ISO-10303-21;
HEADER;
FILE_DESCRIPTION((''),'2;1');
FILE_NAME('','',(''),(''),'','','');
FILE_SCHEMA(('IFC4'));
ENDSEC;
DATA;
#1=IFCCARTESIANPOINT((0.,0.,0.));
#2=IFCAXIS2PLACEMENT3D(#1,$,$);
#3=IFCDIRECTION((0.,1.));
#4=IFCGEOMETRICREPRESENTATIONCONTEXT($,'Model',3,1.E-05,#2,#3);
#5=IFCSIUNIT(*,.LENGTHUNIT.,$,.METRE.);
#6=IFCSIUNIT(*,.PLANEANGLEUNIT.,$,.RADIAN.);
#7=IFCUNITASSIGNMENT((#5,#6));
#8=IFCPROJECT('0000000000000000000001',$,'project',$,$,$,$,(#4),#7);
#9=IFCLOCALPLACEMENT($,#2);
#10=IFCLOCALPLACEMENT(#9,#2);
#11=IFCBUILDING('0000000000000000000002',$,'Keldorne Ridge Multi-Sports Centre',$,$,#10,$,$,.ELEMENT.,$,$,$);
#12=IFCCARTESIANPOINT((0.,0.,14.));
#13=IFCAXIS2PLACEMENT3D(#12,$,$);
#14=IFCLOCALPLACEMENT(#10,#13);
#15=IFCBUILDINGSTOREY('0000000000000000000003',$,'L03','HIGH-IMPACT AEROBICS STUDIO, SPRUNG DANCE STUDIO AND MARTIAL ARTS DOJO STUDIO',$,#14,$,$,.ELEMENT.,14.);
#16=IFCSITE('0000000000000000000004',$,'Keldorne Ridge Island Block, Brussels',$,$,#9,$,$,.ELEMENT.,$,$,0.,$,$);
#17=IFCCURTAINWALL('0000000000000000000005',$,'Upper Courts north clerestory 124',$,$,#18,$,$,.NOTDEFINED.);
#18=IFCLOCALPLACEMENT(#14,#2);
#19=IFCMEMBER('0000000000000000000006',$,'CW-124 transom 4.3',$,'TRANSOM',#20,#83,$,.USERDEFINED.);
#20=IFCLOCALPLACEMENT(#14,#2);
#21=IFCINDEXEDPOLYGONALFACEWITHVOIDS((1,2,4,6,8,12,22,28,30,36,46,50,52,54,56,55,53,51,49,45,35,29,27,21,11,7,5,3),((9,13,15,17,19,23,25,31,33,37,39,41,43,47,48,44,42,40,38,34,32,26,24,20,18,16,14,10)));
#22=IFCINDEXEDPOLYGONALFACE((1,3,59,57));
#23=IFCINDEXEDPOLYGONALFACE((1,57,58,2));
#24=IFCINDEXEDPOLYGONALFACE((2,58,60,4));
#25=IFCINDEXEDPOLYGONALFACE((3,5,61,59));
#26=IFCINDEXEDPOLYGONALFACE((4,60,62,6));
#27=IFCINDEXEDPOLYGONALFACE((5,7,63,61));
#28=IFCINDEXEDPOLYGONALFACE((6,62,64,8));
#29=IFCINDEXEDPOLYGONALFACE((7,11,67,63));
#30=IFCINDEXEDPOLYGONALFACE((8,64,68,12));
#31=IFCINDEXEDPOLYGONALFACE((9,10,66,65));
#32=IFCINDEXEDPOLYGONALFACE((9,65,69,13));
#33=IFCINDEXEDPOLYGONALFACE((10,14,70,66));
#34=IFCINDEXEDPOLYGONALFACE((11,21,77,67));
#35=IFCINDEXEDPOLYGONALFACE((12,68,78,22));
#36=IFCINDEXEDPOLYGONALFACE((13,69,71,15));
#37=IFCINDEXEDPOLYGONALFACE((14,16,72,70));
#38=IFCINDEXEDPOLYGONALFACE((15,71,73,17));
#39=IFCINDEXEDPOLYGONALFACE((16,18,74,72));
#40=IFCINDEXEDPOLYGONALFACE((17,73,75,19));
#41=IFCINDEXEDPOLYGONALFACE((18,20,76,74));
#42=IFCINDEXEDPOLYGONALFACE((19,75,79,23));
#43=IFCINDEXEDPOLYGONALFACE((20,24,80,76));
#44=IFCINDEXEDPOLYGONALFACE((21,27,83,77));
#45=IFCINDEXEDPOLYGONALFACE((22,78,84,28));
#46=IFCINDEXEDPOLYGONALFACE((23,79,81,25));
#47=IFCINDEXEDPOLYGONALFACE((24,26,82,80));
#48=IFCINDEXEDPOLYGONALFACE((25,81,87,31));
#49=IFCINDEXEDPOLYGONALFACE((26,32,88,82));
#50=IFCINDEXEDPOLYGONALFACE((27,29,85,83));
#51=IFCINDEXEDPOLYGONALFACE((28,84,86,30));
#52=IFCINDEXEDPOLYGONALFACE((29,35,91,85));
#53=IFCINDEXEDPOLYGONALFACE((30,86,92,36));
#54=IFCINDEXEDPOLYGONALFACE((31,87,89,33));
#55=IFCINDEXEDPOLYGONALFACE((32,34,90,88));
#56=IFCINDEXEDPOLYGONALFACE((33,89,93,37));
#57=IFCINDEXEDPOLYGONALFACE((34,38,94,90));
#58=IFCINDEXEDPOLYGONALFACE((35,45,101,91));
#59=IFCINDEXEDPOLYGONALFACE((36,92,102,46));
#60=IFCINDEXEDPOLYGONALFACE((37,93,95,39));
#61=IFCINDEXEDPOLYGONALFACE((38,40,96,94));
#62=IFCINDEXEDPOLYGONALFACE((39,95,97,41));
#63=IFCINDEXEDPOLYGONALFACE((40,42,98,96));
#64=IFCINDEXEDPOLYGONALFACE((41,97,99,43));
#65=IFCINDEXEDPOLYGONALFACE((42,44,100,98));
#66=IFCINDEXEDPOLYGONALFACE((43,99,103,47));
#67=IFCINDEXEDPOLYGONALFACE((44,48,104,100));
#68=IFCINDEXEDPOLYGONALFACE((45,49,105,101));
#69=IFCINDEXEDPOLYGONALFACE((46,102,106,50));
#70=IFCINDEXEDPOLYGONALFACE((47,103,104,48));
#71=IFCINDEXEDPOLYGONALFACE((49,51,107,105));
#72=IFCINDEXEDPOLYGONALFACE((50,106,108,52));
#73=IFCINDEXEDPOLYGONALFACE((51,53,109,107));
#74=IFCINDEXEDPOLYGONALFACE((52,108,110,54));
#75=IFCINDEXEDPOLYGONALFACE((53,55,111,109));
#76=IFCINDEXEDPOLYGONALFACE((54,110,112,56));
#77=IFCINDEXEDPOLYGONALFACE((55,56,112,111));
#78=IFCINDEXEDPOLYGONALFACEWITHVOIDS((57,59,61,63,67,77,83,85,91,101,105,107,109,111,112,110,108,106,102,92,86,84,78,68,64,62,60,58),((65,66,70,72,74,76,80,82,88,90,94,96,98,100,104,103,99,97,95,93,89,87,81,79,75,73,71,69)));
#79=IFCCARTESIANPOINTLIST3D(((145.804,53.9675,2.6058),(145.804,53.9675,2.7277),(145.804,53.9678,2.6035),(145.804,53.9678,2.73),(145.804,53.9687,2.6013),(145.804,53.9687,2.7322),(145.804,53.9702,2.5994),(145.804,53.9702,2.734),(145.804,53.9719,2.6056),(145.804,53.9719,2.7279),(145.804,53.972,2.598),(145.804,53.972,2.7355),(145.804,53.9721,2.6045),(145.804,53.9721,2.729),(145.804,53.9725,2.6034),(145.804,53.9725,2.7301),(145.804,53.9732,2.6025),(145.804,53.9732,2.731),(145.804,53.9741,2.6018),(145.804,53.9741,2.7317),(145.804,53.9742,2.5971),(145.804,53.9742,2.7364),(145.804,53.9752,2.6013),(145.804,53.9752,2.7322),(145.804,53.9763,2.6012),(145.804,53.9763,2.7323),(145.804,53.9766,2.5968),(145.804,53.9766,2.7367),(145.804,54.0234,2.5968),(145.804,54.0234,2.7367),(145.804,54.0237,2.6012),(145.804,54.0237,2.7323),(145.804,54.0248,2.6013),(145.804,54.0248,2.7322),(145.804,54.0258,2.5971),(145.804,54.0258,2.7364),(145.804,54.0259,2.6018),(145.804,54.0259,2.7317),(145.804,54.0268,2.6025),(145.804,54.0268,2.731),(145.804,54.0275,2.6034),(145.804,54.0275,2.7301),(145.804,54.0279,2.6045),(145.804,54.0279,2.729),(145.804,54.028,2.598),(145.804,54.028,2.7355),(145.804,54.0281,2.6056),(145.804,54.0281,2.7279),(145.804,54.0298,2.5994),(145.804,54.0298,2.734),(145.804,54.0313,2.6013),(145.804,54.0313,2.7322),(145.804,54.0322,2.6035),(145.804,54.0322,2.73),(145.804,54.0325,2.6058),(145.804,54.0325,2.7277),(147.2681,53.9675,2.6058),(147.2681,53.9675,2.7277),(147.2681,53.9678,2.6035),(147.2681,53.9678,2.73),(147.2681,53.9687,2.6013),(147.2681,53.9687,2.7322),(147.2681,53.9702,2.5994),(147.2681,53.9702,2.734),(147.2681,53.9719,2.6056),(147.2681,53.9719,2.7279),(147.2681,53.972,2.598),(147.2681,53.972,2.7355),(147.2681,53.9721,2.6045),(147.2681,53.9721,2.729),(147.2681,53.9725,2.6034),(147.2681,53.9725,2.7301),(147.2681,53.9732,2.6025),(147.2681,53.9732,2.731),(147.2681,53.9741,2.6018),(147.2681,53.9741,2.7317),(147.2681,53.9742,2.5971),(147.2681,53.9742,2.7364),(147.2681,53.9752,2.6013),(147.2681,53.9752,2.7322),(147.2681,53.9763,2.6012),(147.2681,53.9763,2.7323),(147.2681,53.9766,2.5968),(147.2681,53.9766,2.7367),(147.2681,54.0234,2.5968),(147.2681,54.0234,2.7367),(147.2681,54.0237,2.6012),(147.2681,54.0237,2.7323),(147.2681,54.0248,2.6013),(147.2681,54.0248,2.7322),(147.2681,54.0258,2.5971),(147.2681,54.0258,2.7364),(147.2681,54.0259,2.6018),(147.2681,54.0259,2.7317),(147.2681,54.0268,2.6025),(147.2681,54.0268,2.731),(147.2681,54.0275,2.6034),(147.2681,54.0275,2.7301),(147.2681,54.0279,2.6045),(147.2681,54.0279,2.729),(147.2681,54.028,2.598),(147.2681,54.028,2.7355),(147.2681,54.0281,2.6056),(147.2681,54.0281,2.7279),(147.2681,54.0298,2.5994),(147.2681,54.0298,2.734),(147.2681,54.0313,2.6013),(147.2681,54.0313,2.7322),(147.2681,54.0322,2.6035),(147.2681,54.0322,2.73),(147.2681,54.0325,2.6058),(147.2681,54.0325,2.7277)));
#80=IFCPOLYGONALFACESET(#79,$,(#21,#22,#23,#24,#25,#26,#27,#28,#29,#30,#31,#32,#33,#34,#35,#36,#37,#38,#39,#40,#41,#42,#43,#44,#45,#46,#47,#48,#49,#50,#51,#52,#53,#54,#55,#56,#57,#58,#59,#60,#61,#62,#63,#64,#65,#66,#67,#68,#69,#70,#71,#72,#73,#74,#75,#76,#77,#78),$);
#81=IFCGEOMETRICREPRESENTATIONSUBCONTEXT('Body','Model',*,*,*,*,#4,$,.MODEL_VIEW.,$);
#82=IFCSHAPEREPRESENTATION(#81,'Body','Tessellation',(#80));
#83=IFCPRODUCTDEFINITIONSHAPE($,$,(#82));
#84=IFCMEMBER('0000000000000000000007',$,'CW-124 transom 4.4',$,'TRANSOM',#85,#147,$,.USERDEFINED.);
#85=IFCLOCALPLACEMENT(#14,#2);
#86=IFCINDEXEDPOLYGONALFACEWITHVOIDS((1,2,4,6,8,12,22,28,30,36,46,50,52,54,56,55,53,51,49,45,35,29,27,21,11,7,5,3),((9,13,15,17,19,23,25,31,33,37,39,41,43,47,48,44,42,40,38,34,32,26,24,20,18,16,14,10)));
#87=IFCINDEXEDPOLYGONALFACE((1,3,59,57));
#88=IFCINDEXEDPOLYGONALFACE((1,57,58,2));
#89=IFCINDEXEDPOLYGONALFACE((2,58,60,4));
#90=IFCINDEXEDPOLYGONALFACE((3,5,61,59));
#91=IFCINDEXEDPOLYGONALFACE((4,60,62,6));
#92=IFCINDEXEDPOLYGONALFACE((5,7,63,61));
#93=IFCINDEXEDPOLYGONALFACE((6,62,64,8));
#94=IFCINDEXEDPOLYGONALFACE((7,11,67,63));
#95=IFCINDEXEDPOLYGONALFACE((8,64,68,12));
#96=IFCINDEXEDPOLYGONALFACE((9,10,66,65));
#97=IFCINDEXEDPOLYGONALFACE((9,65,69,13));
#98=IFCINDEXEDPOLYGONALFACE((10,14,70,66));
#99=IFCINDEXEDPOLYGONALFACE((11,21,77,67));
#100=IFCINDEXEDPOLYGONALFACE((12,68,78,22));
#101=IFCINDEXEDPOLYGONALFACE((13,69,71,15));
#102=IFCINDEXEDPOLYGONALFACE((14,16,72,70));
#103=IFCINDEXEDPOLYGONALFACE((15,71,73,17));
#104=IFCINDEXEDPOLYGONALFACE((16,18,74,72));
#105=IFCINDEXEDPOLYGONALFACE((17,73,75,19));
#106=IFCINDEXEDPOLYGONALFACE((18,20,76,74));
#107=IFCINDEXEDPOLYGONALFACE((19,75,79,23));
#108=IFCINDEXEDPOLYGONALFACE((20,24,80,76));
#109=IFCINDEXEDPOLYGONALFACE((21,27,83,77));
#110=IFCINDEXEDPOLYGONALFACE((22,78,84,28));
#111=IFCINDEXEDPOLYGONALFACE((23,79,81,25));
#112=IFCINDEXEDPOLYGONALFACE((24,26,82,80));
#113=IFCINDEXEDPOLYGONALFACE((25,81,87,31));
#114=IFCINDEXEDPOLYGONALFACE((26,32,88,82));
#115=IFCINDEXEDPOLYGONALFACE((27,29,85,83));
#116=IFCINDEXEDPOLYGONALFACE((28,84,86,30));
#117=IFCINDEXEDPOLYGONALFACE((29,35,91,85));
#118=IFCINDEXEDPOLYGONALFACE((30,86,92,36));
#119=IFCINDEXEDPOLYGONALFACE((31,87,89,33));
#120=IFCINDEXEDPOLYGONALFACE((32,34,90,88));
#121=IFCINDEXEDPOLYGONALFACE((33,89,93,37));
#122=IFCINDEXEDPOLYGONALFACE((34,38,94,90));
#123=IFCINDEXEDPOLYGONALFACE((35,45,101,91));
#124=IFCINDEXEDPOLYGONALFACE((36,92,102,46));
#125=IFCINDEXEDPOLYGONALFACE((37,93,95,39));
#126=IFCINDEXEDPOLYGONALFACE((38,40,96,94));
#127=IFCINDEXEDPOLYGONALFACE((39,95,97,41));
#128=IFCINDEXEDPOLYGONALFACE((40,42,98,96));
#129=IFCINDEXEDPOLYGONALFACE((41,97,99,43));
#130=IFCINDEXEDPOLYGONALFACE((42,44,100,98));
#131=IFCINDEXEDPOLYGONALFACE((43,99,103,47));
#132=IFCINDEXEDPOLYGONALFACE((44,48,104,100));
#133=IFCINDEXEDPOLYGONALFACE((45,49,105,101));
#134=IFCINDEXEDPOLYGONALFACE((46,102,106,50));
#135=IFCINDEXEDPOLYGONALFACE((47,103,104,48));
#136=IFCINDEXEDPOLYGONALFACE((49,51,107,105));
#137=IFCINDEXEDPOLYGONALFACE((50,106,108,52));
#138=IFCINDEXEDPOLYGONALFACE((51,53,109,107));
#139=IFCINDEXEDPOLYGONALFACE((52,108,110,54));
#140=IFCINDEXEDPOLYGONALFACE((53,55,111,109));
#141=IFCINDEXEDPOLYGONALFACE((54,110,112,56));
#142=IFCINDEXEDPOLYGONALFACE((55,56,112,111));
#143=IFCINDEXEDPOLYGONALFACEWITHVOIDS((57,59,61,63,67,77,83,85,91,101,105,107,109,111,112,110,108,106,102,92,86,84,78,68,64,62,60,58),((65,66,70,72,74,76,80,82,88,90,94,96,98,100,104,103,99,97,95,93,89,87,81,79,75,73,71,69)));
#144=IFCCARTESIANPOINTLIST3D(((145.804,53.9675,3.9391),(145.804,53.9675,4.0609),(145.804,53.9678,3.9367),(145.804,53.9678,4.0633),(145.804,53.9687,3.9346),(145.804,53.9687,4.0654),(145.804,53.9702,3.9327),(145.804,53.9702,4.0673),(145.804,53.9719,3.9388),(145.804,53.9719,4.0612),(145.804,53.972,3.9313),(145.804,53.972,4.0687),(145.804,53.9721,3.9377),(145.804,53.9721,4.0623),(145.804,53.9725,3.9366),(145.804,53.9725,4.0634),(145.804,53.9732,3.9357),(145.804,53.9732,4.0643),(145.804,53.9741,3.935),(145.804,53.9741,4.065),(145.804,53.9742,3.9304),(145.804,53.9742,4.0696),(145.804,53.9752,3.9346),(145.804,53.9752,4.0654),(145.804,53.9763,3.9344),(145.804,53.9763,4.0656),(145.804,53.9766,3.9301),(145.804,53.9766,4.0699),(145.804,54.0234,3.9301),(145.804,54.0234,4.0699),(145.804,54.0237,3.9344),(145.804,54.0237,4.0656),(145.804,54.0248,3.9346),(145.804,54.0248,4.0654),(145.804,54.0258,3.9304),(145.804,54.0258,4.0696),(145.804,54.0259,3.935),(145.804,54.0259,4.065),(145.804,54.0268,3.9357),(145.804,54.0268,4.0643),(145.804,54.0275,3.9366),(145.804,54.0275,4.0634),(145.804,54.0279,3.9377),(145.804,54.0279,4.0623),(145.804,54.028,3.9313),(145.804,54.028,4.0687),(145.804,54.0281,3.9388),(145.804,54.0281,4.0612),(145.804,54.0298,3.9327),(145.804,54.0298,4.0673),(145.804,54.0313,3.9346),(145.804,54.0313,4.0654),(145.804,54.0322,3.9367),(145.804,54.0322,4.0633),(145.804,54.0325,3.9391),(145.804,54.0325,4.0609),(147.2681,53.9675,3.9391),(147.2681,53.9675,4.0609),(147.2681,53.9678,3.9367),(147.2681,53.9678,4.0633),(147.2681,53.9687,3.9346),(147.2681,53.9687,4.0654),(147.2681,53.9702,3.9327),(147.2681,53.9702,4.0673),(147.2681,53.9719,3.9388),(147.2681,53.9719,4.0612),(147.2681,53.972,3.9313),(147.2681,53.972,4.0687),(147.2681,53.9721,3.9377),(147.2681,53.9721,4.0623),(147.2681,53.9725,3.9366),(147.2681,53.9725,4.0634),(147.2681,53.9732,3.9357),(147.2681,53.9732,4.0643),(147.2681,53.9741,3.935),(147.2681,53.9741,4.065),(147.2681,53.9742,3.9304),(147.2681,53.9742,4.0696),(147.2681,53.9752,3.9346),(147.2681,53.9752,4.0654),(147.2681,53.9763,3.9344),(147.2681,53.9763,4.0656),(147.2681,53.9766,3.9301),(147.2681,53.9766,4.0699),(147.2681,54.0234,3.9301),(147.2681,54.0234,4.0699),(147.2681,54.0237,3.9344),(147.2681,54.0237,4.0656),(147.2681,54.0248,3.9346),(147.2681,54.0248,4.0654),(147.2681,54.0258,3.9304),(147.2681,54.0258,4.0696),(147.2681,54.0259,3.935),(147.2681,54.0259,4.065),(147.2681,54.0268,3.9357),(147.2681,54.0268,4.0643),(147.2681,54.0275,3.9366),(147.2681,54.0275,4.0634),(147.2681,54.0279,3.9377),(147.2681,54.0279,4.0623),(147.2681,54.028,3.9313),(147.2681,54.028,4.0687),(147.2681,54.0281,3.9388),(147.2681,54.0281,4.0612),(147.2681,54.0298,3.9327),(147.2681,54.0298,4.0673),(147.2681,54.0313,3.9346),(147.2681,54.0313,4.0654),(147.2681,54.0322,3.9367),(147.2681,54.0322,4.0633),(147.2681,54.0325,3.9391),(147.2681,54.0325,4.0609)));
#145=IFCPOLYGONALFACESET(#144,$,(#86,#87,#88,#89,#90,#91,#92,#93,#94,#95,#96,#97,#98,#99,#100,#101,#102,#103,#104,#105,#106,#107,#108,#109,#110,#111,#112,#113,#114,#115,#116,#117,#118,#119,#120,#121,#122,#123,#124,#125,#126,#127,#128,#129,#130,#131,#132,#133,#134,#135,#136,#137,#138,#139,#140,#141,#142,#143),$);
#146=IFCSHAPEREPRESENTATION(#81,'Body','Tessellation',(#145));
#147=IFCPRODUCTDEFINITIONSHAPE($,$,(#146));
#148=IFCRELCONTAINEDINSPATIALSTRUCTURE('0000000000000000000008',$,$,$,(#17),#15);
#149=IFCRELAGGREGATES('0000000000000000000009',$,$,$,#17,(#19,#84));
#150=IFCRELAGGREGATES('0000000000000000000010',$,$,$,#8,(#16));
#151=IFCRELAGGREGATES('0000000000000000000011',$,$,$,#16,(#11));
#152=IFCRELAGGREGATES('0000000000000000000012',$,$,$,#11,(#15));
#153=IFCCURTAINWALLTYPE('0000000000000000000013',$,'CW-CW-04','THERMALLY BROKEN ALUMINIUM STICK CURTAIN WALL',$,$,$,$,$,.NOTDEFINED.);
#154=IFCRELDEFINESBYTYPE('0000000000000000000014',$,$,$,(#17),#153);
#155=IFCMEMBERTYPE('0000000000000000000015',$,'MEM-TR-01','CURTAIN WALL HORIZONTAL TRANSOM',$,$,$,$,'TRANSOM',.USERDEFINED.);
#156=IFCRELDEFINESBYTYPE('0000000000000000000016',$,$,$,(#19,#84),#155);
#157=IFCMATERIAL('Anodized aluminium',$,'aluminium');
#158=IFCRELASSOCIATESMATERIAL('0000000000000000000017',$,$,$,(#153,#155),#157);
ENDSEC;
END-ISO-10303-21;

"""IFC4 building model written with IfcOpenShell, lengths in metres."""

from ifc_helpers import new_model, si_unit, direction, frame, origin, origin_2d, place, context, subcontext, project, spatial, hollow_rectangle, extrude, material, material_profile, profile_set, type_object, element, aggregate, save


model = new_model("IFC4")

# Units and contexts
model_context = context("Model", 3, precision=1e-05, world=origin(), true_north=direction((0.0, 1.0)))
body_context = subcontext(model_context, "Body", "Model", "MODEL_VIEW")
ifc_project = project(units=[si_unit("LENGTHUNIT", "METRE"), si_unit("PLANEANGLEUNIT", "RADIAN")], contexts=[model_context])

# Site, building, storey
site_placement = place(None, origin())
site = spatial("IfcSite", under=ifc_project, at=site_placement, Name="Keldorne Ridge Island Block, Brussels", CompositionType="ELEMENT", RefElevation=0.0)
building_placement = place(site_placement, origin())
building = spatial("IfcBuilding", under=site, at=building_placement, Name="Keldorne Ridge Multi-Sports Centre", CompositionType="ELEMENT")
storey_placement = place(building_placement, frame((0.0, 0.0, 14.0)))
storey = spatial("IfcBuildingStorey", under=building, at=storey_placement, Name="L03", Description="HIGH-IMPACT AEROBICS STUDIO, SPRUNG DANCE STUDIO AND MARTIAL ARTS DOJO STUDIO", CompositionType="ELEMENT", Elevation=14.0)

# Shared definitions
ifc_material_1 = material(Name="Anodized aluminium", Category="aluminium")

# Curtain wall
curtain_wall_type_1 = type_object("IfcCurtainWallType", Name="CW-CW-04", Description="THERMALLY BROKEN ALUMINIUM STICK CURTAIN WALL", PredefinedType="NOTDEFINED", material=ifc_material_1)
curtain_wall_1_placement = place(storey_placement, origin())
curtain_wall_1 = element("IfcCurtainWall", 1, at=curtain_wall_1_placement, inside=storey, type_object=curtain_wall_type_1, Name="Upper Courts north clerestory 124", PredefinedType="NOTDEFINED")

# Members
ifc_material_profile_1 = material_profile(ifc_material_1, hollow_rectangle(XDim=0.0649, YDim=0.1399, WallThickness=0.0044, InnerFilletRadius=0.0044, OuterFilletRadius=0.009, at=origin_2d()), Name="ALU TRANSOM 140x65x4.5")
ifc_profile_set_1 = profile_set([ifc_material_profile_1], Name="Anodized aluminium")
member_type_1 = type_object("IfcMemberType", Name="MEM-TR-01", Description="CURTAIN WALL HORIZONTAL TRANSOM", ElementType="TRANSOM", PredefinedType="USERDEFINED", material=ifc_profile_set_1)
member_1_placement = place(storey_placement, frame((147.2681, 54.0, 2.6667), z_axis=(-1.0, 0.0, 0.0), x_axis=(0.0, -1.0, 0.0)))
member_1 = element("IfcMember", 2, at=member_1_placement, type_object=member_type_1, Name="CW-124 transom 4.3", ObjectType="TRANSOM", PredefinedType="USERDEFINED", context=body_context, shape_type="SweptSolid", body=[
    extrude(hollow_rectangle(XDim=0.0649, YDim=0.1399, WallThickness=0.0044, InnerFilletRadius=0.0044, OuterFilletRadius=0.009, at=origin_2d()), origin(), (0.0, 0.0, 1.0), 1.4641),
])
member_2_placement = place(storey_placement, frame((147.2681, 54.0, 4.0), z_axis=(-1.0, 0.0, 0.0), x_axis=(0.0, -1.0, 0.0)))
member_2 = element("IfcMember", 3, at=member_2_placement, type_object=member_type_1, Name="CW-124 transom 4.4", ObjectType="TRANSOM", PredefinedType="USERDEFINED", context=body_context, shape_type="SweptSolid", body=[
    extrude(hollow_rectangle(XDim=0.0649, YDim=0.1399, WallThickness=0.0044, InnerFilletRadius=0.0044, OuterFilletRadius=0.009, at=origin_2d()), origin(), (0.0, 0.0, 1.0), 1.4641),
])

aggregate(curtain_wall_1, [member_1, member_2])

save(model, "model.ifc")
